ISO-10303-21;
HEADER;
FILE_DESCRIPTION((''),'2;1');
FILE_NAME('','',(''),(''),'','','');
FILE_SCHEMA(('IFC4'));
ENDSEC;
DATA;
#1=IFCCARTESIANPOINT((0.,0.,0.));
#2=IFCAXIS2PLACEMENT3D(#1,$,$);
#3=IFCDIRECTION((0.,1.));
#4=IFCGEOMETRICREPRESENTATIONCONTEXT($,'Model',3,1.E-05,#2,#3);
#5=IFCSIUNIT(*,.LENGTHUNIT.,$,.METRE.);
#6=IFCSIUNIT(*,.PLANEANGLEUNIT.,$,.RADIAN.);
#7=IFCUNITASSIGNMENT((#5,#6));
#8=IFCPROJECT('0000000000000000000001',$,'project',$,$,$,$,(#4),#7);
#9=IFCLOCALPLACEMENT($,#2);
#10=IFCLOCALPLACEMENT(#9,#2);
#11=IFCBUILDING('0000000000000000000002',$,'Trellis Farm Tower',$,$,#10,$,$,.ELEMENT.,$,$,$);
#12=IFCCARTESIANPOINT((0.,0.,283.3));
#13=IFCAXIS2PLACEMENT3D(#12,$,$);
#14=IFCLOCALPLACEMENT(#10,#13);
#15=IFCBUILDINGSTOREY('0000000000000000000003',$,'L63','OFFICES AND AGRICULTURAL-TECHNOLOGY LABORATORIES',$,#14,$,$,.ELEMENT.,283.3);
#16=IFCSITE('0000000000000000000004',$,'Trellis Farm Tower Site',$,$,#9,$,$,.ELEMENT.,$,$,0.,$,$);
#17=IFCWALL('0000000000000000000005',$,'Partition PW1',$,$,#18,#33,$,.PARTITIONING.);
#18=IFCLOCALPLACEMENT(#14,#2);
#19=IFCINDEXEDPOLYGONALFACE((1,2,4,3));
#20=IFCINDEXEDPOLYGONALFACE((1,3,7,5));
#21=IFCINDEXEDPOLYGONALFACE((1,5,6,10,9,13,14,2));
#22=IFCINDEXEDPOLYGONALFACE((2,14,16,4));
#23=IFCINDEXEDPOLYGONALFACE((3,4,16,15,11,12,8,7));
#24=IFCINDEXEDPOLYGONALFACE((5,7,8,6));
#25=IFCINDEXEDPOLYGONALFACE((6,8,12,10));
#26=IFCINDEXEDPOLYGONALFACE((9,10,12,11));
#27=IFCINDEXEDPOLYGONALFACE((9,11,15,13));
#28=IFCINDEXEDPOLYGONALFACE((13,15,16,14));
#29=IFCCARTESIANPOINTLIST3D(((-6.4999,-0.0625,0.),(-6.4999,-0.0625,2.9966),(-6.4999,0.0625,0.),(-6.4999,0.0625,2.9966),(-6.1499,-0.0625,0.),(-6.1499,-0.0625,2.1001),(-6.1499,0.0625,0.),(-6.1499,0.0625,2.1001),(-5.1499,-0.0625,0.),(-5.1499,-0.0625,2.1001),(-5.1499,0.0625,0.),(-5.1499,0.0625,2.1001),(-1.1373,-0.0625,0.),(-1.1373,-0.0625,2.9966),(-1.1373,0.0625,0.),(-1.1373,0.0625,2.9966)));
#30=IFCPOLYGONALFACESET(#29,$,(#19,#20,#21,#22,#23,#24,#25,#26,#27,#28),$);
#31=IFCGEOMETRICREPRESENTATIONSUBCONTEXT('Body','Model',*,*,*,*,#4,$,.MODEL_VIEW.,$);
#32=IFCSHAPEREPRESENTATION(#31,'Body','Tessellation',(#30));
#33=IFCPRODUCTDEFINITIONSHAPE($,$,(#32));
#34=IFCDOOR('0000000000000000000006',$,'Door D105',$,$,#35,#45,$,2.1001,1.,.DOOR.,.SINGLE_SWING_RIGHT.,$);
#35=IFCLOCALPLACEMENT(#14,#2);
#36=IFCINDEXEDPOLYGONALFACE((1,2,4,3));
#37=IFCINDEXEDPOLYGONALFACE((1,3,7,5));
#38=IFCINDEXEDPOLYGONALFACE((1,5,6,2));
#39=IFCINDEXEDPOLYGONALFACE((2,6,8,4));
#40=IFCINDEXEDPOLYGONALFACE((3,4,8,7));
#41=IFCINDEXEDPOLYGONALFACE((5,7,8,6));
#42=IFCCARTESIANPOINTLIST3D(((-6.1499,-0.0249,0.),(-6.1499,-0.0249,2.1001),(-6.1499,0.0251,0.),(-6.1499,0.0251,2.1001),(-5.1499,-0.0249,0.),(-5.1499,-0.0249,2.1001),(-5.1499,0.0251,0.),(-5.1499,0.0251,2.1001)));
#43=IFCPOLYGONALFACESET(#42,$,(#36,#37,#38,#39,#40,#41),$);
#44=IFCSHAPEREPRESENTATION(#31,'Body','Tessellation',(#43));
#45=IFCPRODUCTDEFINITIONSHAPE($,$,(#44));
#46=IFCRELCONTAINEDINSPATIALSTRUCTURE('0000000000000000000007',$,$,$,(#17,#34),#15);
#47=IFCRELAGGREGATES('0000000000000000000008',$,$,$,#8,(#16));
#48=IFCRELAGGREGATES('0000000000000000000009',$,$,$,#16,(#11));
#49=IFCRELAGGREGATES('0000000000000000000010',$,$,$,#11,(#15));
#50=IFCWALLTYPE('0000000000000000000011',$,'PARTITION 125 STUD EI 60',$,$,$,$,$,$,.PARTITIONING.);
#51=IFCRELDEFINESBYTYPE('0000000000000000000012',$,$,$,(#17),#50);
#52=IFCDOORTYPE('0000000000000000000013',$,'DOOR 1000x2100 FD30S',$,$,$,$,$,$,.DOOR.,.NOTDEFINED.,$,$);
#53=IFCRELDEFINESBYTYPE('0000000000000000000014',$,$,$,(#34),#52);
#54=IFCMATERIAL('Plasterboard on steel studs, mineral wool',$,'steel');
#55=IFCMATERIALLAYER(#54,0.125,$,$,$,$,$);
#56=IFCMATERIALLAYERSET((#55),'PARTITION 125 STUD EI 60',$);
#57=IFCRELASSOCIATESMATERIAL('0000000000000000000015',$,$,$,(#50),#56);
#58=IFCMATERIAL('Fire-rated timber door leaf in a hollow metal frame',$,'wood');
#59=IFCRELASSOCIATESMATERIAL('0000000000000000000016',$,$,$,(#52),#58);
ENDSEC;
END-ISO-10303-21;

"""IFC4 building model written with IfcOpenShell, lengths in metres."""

from ifc_helpers import new_model, si_unit, direction, frame, frame_2d, origin, place, context, subcontext, project, spatial, rectangle, extrude, source, transform, mapped, material, layer, layer_set, type_object, element, fill, save


model = new_model("IFC4")

# Units and contexts
model_context = context("Model", 3, precision=1e-05, world=origin(), true_north=direction((0.0, 1.0)))
body_context = subcontext(model_context, "Body", "Model", "MODEL_VIEW")
ifc_project = project(units=[si_unit("LENGTHUNIT", "METRE"), si_unit("PLANEANGLEUNIT", "RADIAN")], contexts=[model_context])

# Site, building, storey
site_placement = place(None, origin())
site = spatial("IfcSite", under=ifc_project, at=site_placement, Name="Trellis Farm Tower Site", CompositionType="ELEMENT", RefElevation=0.0)
building_placement = place(site_placement, origin())
building = spatial("IfcBuilding", under=site, at=building_placement, Name="Trellis Farm Tower", CompositionType="ELEMENT")
storey_placement = place(building_placement, frame((0.0, 0.0, 283.3)))
storey = spatial("IfcBuildingStorey", under=building, at=storey_placement, Name="L63", Description="OFFICES AND AGRICULTURAL-TECHNOLOGY LABORATORIES", CompositionType="ELEMENT", Elevation=283.3)

# Shared definitions
ifc_material_1 = material(Name="Plasterboard on steel studs, mineral wool", Category="steel")
ifc_layer_1 = layer(ifc_material_1, 0.125)
ifc_layer_set_1 = layer_set([ifc_layer_1], Name="PARTITION 125 STUD EI 60")
wall_type = type_object("IfcWallType", Name="PARTITION 125 STUD EI 60", PredefinedType="PARTITIONING", material=ifc_layer_set_1)

# Wall, opening, door
shared_shape_1 = source(origin(), body_context, "Body", "SweptSolid", [
    extrude(rectangle(XDim=5.3625, YDim=0.125, at=frame_2d((2.6812, 0.0))), origin(), (0.0, 0.0, 1.0), 2.9966),
])
shared_shape_2 = source(origin(), body_context, "Body", "SweptSolid", [
    extrude(rectangle(XDim=1.0, YDim=2.1001, at=frame_2d((0.5, 1.05))), frame((0.0, 0.0725, 0.0), z_axis=(0.0, -1.0, 0.0), x_axis=(1.0, 0.0, 0.0)), (0.0, 0.0, 1.0), 0.145),
])
ifc_material_2 = material(Name="Fire-rated timber door leaf in a hollow metal frame", Category="wood")
door_type = type_object("IfcDoorType", Name="DOOR 1000x2100 FD30S", OperationType="NOTDEFINED", PredefinedType="DOOR", material=ifc_material_2)
shared_shape_3 = source(origin(), body_context, "Body", "SweptSolid", [
    extrude(rectangle(XDim=1.0, YDim=2.1001, at=frame_2d((0.5, 1.05))), frame((0.0, 0.0249, 0.0), z_axis=(0.0, -1.0, 0.0), x_axis=(1.0, 0.0, 0.0)), (0.0, 0.0, 1.0), 0.05),
])
wall_1_placement = place(storey_placement, frame((-1.1375, 0.0, 0.0), z_axis=(0.0, 0.0, 1.0), x_axis=(-1.0, 0.0, 0.0)))
wall_1 = element("IfcWall", 1, at=wall_1_placement, inside=storey, type_object=wall_type, Name="Partition PW1", PredefinedType="PARTITIONING", context=body_context, shape_type="MappedRepresentation", body=[
    mapped(shared_shape_1, transform((0.0, 0.0, 0.0))),
])
opening_1_placement = place(wall_1_placement, frame((4.0125, 0.0, 0.0)))
opening_1 = element("IfcOpeningElement", 2, at=opening_1_placement, cuts=wall_1, PredefinedType="OPENING", context=body_context, shape_type="MappedRepresentation", body=[
    mapped(shared_shape_2, transform((0.0, 0.0, 0.0))),
])
door_1_placement = place(opening_1_placement, origin())
door_1 = element("IfcDoor", 3, at=door_1_placement, inside=storey, type_object=door_type, Name="Door D105", OperationType="SINGLE_SWING_RIGHT", OverallHeight=2.1001, OverallWidth=1.0, PredefinedType="DOOR", context=body_context, shape_type="MappedRepresentation", body=[
    mapped(shared_shape_3, transform((0.0, 0.0, 0.0))),
])
fill(opening_1, door_1)

save(model, "model.ifc")
